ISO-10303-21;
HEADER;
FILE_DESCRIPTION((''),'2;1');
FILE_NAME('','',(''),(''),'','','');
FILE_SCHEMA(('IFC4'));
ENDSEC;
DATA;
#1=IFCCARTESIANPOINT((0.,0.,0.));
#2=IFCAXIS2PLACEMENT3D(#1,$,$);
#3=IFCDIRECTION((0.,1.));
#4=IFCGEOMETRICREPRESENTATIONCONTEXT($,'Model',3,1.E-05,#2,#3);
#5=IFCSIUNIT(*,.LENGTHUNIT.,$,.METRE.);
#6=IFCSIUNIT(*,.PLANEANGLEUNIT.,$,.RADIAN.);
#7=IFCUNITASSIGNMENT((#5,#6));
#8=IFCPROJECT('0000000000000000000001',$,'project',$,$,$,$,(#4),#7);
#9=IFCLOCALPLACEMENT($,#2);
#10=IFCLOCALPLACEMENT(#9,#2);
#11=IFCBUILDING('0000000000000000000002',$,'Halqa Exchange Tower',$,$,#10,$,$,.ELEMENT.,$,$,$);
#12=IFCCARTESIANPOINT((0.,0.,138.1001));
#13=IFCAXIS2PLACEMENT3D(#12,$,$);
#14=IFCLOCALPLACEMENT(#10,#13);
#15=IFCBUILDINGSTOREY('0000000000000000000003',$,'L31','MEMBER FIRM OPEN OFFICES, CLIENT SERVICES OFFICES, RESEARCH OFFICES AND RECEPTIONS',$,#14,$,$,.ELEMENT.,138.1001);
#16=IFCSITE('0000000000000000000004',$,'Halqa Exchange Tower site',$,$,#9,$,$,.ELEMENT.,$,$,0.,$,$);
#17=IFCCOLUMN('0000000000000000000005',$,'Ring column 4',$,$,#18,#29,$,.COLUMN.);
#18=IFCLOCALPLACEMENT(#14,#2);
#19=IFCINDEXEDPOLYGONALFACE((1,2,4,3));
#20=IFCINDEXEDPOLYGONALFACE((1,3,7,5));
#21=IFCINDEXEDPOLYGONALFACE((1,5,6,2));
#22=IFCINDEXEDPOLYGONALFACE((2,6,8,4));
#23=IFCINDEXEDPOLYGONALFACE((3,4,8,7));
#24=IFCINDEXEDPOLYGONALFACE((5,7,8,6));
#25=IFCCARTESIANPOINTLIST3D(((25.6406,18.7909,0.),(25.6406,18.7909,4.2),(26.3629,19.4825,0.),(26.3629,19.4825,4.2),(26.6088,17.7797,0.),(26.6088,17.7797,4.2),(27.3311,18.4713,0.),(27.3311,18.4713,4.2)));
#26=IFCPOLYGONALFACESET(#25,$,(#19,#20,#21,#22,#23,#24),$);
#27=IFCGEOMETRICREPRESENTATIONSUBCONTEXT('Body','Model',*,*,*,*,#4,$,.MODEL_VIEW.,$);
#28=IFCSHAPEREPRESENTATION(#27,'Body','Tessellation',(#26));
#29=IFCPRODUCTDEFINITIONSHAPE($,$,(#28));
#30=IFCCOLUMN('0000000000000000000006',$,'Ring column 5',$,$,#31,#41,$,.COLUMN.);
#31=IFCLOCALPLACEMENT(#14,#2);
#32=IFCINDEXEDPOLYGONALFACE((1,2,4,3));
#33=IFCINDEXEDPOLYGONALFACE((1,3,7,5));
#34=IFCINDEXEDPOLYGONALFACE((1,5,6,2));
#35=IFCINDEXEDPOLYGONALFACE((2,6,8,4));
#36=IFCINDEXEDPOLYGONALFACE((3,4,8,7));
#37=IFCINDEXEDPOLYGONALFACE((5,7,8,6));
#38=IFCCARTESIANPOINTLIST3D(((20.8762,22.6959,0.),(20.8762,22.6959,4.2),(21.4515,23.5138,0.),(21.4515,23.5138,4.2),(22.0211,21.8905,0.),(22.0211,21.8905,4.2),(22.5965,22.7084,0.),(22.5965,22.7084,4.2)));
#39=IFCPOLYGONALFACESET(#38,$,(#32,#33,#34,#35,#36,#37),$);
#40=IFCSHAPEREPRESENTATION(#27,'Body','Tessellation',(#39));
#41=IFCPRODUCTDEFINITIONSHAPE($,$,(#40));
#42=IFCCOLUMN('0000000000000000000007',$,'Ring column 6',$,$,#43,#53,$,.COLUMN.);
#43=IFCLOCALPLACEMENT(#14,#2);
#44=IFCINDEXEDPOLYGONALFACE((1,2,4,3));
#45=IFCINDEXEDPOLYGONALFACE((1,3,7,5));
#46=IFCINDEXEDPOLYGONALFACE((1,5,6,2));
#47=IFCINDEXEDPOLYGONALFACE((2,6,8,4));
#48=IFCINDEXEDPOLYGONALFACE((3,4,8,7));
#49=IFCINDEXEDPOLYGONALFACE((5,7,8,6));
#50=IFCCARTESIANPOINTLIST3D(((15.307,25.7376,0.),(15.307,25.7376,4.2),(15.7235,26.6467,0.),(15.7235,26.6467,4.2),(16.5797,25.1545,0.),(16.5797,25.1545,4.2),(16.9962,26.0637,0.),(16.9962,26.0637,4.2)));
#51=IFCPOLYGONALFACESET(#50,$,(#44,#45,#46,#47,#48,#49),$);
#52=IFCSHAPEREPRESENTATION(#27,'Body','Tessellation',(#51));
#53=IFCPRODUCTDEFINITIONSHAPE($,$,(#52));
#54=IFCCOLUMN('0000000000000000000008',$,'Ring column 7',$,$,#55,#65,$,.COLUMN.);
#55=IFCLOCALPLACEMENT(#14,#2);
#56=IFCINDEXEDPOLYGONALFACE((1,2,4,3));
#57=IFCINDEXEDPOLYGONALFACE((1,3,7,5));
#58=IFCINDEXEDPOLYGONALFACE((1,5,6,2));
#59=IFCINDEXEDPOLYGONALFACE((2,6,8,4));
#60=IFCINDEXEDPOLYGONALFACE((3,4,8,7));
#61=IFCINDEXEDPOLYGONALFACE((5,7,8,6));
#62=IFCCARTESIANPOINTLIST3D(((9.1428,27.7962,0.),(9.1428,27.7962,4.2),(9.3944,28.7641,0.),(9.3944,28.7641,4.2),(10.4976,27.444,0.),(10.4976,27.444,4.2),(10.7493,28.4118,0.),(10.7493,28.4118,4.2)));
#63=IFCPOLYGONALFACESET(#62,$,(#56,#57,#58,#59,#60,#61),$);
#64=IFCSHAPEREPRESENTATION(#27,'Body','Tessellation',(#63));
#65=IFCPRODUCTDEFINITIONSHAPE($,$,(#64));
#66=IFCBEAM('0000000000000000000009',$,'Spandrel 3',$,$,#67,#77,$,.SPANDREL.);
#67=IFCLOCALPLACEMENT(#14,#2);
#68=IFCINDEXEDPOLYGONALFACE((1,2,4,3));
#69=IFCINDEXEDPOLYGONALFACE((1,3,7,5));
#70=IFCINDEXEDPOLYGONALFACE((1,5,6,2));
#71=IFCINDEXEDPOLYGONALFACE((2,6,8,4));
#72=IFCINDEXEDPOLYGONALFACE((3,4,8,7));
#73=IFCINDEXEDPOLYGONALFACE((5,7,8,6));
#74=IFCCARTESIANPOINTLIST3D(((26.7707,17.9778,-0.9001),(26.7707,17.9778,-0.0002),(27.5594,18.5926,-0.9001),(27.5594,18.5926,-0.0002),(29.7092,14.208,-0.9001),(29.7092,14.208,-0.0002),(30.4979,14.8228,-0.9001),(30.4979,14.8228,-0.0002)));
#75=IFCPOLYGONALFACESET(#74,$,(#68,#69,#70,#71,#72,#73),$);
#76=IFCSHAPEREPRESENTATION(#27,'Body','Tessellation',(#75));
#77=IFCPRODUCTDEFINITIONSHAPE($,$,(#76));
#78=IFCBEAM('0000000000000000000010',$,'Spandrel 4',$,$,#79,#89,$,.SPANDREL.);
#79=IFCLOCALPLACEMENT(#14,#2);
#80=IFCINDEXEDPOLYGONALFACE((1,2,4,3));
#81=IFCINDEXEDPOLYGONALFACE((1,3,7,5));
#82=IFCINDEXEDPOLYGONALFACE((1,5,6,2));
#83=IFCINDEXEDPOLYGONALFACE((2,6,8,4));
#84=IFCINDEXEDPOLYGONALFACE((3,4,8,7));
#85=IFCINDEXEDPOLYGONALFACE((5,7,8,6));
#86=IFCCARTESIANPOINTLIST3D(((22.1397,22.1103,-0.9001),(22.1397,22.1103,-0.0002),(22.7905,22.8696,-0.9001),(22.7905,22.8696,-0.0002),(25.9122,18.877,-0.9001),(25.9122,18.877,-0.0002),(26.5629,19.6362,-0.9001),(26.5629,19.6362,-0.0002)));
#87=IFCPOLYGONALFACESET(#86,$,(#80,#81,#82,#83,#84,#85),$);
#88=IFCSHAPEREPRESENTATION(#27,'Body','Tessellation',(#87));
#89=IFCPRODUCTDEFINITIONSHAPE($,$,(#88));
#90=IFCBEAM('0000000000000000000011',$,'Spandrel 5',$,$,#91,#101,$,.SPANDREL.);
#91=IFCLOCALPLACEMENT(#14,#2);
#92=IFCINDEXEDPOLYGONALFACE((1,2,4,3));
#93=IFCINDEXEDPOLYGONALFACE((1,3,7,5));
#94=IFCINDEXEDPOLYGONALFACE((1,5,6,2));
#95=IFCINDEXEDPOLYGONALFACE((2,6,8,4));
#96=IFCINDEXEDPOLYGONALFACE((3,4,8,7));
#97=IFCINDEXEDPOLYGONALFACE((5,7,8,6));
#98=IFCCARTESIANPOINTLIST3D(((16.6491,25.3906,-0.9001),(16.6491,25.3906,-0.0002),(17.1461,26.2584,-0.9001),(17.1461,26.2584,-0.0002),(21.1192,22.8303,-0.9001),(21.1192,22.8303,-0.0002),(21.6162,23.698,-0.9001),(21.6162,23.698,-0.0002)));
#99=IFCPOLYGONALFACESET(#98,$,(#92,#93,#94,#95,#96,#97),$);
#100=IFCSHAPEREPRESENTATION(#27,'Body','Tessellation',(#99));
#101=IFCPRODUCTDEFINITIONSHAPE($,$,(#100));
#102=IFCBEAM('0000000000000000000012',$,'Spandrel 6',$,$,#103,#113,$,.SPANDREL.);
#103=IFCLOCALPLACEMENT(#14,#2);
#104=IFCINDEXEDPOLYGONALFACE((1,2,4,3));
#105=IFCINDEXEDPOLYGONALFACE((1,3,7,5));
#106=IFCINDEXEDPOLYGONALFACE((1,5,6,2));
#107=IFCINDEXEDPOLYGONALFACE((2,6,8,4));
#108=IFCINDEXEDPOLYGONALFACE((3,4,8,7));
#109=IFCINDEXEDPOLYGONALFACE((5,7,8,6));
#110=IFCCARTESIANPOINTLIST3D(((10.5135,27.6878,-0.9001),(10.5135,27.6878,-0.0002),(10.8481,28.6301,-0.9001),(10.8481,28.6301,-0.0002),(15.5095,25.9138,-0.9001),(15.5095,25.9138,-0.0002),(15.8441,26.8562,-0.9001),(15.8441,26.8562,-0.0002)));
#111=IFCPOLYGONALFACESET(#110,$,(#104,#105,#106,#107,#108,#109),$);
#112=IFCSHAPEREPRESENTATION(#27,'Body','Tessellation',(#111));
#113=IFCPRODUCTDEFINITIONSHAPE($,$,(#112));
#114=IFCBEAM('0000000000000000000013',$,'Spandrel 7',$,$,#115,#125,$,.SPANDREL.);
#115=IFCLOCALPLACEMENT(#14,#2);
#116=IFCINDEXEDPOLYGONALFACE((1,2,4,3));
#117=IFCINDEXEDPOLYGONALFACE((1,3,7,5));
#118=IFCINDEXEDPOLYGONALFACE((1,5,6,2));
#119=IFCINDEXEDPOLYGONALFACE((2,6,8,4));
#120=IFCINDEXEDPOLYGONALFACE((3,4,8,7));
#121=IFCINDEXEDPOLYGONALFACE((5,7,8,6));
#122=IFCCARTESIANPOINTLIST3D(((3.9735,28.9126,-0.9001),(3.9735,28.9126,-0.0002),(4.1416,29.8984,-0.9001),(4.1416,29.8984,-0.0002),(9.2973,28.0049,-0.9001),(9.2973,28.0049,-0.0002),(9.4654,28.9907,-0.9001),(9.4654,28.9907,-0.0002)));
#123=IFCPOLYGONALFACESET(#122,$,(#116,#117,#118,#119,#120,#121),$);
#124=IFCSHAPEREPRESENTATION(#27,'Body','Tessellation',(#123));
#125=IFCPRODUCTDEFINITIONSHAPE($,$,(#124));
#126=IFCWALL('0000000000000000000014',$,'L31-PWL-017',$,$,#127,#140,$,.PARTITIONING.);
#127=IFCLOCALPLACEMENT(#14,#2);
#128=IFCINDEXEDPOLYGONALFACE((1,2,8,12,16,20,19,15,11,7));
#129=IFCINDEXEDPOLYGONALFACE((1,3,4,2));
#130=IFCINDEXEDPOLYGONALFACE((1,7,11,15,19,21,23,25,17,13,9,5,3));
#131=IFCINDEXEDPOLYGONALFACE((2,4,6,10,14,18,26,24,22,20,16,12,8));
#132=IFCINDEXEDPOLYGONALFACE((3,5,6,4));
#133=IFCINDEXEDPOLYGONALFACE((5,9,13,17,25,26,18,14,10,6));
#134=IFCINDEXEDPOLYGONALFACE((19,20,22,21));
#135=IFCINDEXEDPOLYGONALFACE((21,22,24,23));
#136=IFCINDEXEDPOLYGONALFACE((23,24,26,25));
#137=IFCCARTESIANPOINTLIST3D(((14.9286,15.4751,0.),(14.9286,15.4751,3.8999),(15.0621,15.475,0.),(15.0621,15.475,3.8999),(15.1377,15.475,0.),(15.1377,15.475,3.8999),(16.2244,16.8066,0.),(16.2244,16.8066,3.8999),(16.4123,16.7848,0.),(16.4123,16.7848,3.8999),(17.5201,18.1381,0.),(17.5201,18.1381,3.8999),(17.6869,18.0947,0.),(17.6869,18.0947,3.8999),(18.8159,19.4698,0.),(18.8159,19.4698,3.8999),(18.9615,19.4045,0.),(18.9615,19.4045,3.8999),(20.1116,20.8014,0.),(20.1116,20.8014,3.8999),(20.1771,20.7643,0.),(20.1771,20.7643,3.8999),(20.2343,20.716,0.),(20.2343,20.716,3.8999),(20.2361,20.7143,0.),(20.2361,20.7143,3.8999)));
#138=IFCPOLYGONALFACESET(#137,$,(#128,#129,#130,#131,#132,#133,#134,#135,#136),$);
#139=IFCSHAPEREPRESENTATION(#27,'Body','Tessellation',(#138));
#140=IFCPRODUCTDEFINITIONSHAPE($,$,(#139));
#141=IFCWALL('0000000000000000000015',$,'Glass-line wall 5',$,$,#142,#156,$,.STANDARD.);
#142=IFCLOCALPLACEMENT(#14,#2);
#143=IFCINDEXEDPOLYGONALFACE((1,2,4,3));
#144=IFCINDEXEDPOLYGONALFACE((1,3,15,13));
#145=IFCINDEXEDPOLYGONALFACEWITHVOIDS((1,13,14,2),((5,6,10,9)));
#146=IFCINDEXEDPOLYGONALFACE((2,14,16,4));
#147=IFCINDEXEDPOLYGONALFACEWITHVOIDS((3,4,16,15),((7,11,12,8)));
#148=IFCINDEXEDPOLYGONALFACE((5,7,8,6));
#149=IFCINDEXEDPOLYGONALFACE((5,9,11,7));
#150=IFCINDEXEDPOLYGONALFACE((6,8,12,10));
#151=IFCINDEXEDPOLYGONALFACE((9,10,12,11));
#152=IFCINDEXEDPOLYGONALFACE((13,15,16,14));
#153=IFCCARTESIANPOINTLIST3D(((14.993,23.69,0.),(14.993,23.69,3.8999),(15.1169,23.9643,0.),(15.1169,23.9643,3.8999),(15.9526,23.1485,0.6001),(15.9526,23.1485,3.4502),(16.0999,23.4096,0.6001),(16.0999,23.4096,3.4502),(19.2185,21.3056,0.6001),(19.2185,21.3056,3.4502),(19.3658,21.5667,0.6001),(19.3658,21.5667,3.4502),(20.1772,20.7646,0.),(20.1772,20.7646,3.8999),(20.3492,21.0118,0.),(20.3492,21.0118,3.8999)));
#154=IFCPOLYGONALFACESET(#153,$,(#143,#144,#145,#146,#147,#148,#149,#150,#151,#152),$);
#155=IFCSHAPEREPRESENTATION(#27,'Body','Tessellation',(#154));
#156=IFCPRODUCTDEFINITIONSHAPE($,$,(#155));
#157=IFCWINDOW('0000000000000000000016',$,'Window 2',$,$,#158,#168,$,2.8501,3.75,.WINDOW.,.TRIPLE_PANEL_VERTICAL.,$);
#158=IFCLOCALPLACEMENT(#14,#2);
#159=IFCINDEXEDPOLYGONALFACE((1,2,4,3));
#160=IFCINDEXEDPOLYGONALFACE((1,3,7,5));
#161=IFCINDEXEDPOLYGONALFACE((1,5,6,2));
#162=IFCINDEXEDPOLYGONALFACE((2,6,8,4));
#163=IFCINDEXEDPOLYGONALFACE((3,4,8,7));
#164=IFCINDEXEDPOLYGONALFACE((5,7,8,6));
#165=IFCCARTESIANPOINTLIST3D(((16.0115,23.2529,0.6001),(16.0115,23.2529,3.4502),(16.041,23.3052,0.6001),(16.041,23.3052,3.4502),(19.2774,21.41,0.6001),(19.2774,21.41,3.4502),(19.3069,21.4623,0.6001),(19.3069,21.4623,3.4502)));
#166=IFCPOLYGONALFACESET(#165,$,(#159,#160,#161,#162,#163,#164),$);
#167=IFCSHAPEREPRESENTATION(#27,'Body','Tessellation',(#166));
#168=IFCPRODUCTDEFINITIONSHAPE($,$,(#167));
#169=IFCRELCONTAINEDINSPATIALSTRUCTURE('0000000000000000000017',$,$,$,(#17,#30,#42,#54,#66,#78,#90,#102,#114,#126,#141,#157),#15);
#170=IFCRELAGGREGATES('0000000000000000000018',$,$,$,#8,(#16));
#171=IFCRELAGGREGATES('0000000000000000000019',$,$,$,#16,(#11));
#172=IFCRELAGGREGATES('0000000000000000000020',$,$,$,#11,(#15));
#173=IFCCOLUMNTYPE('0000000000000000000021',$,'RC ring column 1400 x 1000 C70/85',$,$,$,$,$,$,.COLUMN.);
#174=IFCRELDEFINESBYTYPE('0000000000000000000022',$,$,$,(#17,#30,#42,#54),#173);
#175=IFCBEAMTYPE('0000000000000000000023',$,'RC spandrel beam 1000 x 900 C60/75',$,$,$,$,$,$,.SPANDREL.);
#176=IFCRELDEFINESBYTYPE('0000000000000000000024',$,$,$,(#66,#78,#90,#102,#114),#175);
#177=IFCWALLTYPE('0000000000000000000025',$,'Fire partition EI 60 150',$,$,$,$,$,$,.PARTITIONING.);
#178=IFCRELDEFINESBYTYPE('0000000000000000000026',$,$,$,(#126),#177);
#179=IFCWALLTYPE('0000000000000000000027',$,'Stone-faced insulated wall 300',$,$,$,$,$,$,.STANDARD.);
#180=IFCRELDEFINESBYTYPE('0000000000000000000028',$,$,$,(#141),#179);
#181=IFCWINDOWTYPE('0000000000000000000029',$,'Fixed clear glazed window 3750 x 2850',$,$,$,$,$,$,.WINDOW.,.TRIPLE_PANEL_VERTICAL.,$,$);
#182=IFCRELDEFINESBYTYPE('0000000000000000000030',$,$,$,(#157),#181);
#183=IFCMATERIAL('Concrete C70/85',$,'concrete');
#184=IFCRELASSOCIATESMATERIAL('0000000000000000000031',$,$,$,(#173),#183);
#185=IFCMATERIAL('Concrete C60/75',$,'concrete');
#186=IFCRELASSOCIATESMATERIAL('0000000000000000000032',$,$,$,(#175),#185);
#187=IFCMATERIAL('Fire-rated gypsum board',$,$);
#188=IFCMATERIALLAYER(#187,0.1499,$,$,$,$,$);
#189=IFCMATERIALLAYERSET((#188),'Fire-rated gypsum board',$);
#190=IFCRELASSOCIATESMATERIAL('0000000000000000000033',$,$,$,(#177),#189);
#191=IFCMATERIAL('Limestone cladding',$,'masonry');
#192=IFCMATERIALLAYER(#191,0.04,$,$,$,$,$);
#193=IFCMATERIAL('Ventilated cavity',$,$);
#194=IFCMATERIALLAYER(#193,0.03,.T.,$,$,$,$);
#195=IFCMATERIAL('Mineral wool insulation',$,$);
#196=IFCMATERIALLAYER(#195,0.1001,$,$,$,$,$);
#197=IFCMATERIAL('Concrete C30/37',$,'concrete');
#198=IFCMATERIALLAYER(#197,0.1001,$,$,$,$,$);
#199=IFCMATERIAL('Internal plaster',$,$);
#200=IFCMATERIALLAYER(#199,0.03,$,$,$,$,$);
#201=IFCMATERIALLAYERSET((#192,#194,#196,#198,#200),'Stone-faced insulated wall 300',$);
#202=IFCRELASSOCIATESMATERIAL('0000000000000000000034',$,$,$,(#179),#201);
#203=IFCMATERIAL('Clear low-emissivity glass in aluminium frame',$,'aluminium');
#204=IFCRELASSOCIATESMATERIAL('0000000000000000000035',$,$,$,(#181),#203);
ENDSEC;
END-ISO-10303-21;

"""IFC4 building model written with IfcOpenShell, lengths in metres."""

from ifc_helpers import new_model, si_unit, direction, frame, frame_2d, origin, origin_2d, place, context, subcontext, project, spatial, polyline, rectangle, outline, extrude, material, layer, layer_set, material_profile, profile_set, type_object, element, fill, save


model = new_model("IFC4")

# Units and contexts
model_context = context("Model", 3, precision=1e-05, world=origin(), true_north=direction((0.0, 1.0)))
body_context = subcontext(model_context, "Body", "Model", "MODEL_VIEW")
ifc_project = project(units=[si_unit("LENGTHUNIT", "METRE"), si_unit("PLANEANGLEUNIT", "RADIAN")], contexts=[model_context])

# Site, building, storey
site_placement = place(None, origin())
site = spatial("IfcSite", under=ifc_project, at=site_placement, Name="Halqa Exchange Tower site", CompositionType="ELEMENT", RefElevation=0.0)
building_placement = place(site_placement, origin())
building = spatial("IfcBuilding", under=site, at=building_placement, Name="Halqa Exchange Tower", CompositionType="ELEMENT")
storey_placement = place(building_placement, frame((0.0, 0.0, 138.1001)))
storey = spatial("IfcBuildingStorey", under=building, at=storey_placement, Name="L31", Description="MEMBER FIRM OPEN OFFICES, CLIENT SERVICES OFFICES, RESEARCH OFFICES AND RECEPTIONS", CompositionType="ELEMENT", Elevation=138.1001)

# Columns
ifc_material_1 = material(Name="Concrete C70/85", Category="concrete")
ifc_material_profile_1 = material_profile(ifc_material_1, rectangle(XDim=1.3999, YDim=1.0, at=origin_2d()), Name="1400 x 1000")
ifc_profile_set_1 = profile_set([ifc_material_profile_1], Name="Concrete C70/85")
column_type = type_object("IfcColumnType", Name="RC ring column 1400 x 1000 C70/85", PredefinedType="COLUMN", material=ifc_profile_set_1)
for number, where, z_axis, x_axis, name in (
    (1, (26.4858, 18.6311, 0.0), (0.0, 0.0, 1.0), (-0.691574, 0.722306, 0.0), "Ring column 4"),
    (2, (21.7363, 22.7021, 0.0), (0.0, 0.0, 1.0), (-0.817908, 0.575349, 0.0), "Ring column 5"),
    (3, (16.1516, 25.9006, 0.0), (0.0, 0.0, 1.0), (-0.909127, 0.416519, 0.0), "Ring column 6"),
    (4, (9.946, 28.104, 0.0), (0.0, 0.0, 1.0), (-0.96782, 0.251645, 0.0), "Ring column 7"),
):
    element("IfcColumn", number, at=place(storey_placement, frame(where, z_axis=z_axis, x_axis=x_axis)), inside=storey, type_object=column_type, Name=name, PredefinedType="COLUMN", context=body_context, shape_type="SweptSolid", body=[
        extrude(rectangle(XDim=1.3999, YDim=1.0, at=origin_2d()), origin(), (0.0, 0.0, 1.0), 4.2),
    ])

# Beams
ifc_material_2 = material(Name="Concrete C60/75", Category="concrete")
ifc_material_profile_2 = material_profile(ifc_material_2, rectangle(XDim=1.0, YDim=0.8999, at=origin_2d()), Name="1000 x 900")
ifc_profile_set_2 = profile_set([ifc_material_profile_2], Name="Concrete C60/75")
beam_type = type_object("IfcBeamType", Name="RC spandrel beam 1000 x 900 C60/75", PredefinedType="SPANDREL", material=ifc_profile_set_2)
beam_1_placement = place(storey_placement, frame((30.1035, 14.5154, -0.4502), z_axis=(-0.614778, 0.7887, 0.0), x_axis=(-0.7887, -0.614778, 0.0)))
element("IfcBeam", 5, at=beam_1_placement, inside=storey, type_object=beam_type, Name="Spandrel 3", PredefinedType="SPANDREL", context=body_context, shape_type="SweptSolid", body=[
    extrude(rectangle(XDim=1.0, YDim=0.8999, at=origin_2d()), origin(), (0.0, 0.0, 1.0), 4.7798),
])
beam_2_placement = place(storey_placement, frame((26.2375, 19.2566, -0.4502), z_axis=(-0.75927, 0.650775, 0.0), x_axis=(-0.650775, -0.75927, 0.0)))
element("IfcBeam", 6, at=beam_2_placement, inside=storey, type_object=beam_type, Name="Spandrel 4", PredefinedType="SPANDREL", context=body_context, shape_type="SweptSolid", body=[
    extrude(rectangle(XDim=1.0, YDim=0.8999, at=origin_2d()), origin(), (0.0, 0.0, 1.0), 4.9685),
])
beam_3_placement = place(storey_placement, frame((21.3677, 23.2642, -0.4502), z_axis=(-0.867738, 0.497022, 0.0), x_axis=(-0.497022, -0.867738, 0.0)))
element("IfcBeam", 7, at=beam_3_placement, inside=storey, type_object=beam_type, Name="Spandrel 5", PredefinedType="SPANDREL", context=body_context, shape_type="SweptSolid", body=[
    extrude(rectangle(XDim=1.0, YDim=0.8999, at=origin_2d()), origin(), (0.0, 0.0, 1.0), 5.1514),
])
beam_4_placement = place(storey_placement, frame((15.6768, 26.385, -0.4502), z_axis=(-0.942356, 0.334612, 0.0), x_axis=(-0.334612, -0.942356, 0.0)))
element("IfcBeam", 8, at=beam_4_placement, inside=storey, type_object=beam_type, Name="Spandrel 6", PredefinedType="SPANDREL", context=body_context, shape_type="SweptSolid", body=[
    extrude(rectangle(XDim=1.0, YDim=0.8999, at=origin_2d()), origin(), (0.0, 0.0, 1.0), 5.3015),
])
beam_5_placement = place(storey_placement, frame((9.3813, 28.4978, -0.4502), z_axis=(-0.985774, 0.168078, 0.0), x_axis=(-0.168078, -0.985774, 0.0)))
element("IfcBeam", 9, at=beam_5_placement, inside=storey, type_object=beam_type, Name="Spandrel 7", PredefinedType="SPANDREL", context=body_context, shape_type="SweptSolid", body=[
    extrude(rectangle(XDim=1.0, YDim=0.8999, at=origin_2d()), origin(), (0.0, 0.0, 1.0), 5.4006),
])

# Wall
ifc_material_3 = material(Name="Fire-rated gypsum board")
ifc_layer_1 = layer(ifc_material_3, 0.1499)
ifc_layer_set_1 = layer_set([ifc_layer_1], Name="Fire-rated gypsum board")
wall_type_1 = type_object("IfcWallType", Name="Fire partition EI 60 150", PredefinedType="PARTITIONING", material=ifc_layer_set_1)
wall_1_placement = place(storey_placement, frame((20.1824, 20.7666, 0.0), z_axis=(0.0, 0.0, 1.0), x_axis=(-0.697398, -0.716684, 0.0)))
element("IfcWall", 10, at=wall_1_placement, inside=storey, type_object=wall_type_1, Name="L31-PWL-017", PredefinedType="PARTITIONING", context=body_context, shape_type="SweptSolid", body=[
    extrude(outline(polyline([(7.4563, -0.075), (7.4563, -0.075), (7.3633, 0.0208), (7.3633, 0.0208), (7.3105, 0.075), (5.4829, 0.075), (3.6553, 0.075), (1.8276, 0.075), (0.0, 0.075), (0.0, 0.0725), (0.0054, -0.0022), (0.0244, -0.075), (1.8823, -0.075), (3.7405, -0.075), (5.5984, -0.075), (7.4563, -0.075)])), origin(), (0.0, 0.0, 1.0), 3.8999),
])

# Shared definitions
ifc_material_4 = material(Name="Limestone cladding", Category="masonry")
ifc_layer_2 = layer(ifc_material_4, 0.04)
ifc_material_5 = material(Name="Ventilated cavity")
ifc_layer_3 = layer(ifc_material_5, 0.03, ventilated=True)
ifc_material_6 = material(Name="Mineral wool insulation")
ifc_layer_4 = layer(ifc_material_6, 0.1001)
ifc_material_7 = material(Name="Concrete C30/37", Category="concrete")
ifc_layer_5 = layer(ifc_material_7, 0.1001)
ifc_material_8 = material(Name="Internal plaster")
ifc_layer_6 = layer(ifc_material_8, 0.03)
ifc_layer_set_2 = layer_set([ifc_layer_2, ifc_layer_3, ifc_layer_4, ifc_layer_5, ifc_layer_6], Name="Stone-faced insulated wall 300")
wall_type_2 = type_object("IfcWallType", Name="Stone-faced insulated wall 300", PredefinedType="STANDARD", material=ifc_layer_set_2)
ifc_material_9 = material(Name="Clear low-emissivity glass in aluminium frame", Category="aluminium")

# Wall, opening, window
wall_2_placement = place(storey_placement, frame((20.2632, 20.8882, 0.0), z_axis=(0.0, 0.0, 1.0), x_axis=(-0.870909, 0.491445, 0.0)))
wall_2 = element("IfcWall", 11, at=wall_2_placement, inside=storey, type_object=wall_type_2, Name="Glass-line wall 5", PredefinedType="STANDARD", context=body_context, shape_type="SweptSolid", body=[
    extrude(outline(polyline([(-0.0142, -0.1499), (5.9937, -0.1499), (5.9668, 0.1499), (0.0142, 0.1499), (-0.0142, -0.1499)])), origin(), (0.0, 0.0, 1.0), 3.8999),
])
opening_1_placement = place(wall_2_placement, frame((1.115, 0.0, 0.6001)))
opening_1 = element("IfcOpeningElement", 12, at=opening_1_placement, cuts=wall_2, PredefinedType="OPENING", context=body_context, shape_type="SweptSolid", body=[
    extrude(rectangle(XDim=3.75, YDim=2.8501, at=frame_2d((1.875, 1.425))), frame((0.0, 0.1621, 0.0), z_axis=(0.0, -1.0, 0.0), x_axis=(1.0, 0.0, 0.0)), (0.0, 0.0, 1.0), 0.324),
])
window_type = type_object("IfcWindowType", Name="Fixed clear glazed window 3750 x 2850", PartitioningType="TRIPLE_PANEL_VERTICAL", PredefinedType="WINDOW", material=ifc_material_9)
window_1_placement = place(opening_1_placement, origin())
window_1 = element("IfcWindow", 13, at=window_1_placement, inside=storey, type_object=window_type, Name="Window 2", OverallHeight=2.8501, OverallWidth=3.75, PartitioningType="TRIPLE_PANEL_VERTICAL", PredefinedType="WINDOW", context=body_context, shape_type="SweptSolid", body=[
    extrude(rectangle(XDim=3.75, YDim=2.8501, at=frame_2d((1.875, 1.425))), frame((0.0, 0.03, 0.0), z_axis=(0.0, -1.0, 0.0), x_axis=(1.0, 0.0, 0.0)), (0.0, 0.0, 1.0), 0.0601),
])
fill(opening_1, window_1)

save(model, "model.ifc")
